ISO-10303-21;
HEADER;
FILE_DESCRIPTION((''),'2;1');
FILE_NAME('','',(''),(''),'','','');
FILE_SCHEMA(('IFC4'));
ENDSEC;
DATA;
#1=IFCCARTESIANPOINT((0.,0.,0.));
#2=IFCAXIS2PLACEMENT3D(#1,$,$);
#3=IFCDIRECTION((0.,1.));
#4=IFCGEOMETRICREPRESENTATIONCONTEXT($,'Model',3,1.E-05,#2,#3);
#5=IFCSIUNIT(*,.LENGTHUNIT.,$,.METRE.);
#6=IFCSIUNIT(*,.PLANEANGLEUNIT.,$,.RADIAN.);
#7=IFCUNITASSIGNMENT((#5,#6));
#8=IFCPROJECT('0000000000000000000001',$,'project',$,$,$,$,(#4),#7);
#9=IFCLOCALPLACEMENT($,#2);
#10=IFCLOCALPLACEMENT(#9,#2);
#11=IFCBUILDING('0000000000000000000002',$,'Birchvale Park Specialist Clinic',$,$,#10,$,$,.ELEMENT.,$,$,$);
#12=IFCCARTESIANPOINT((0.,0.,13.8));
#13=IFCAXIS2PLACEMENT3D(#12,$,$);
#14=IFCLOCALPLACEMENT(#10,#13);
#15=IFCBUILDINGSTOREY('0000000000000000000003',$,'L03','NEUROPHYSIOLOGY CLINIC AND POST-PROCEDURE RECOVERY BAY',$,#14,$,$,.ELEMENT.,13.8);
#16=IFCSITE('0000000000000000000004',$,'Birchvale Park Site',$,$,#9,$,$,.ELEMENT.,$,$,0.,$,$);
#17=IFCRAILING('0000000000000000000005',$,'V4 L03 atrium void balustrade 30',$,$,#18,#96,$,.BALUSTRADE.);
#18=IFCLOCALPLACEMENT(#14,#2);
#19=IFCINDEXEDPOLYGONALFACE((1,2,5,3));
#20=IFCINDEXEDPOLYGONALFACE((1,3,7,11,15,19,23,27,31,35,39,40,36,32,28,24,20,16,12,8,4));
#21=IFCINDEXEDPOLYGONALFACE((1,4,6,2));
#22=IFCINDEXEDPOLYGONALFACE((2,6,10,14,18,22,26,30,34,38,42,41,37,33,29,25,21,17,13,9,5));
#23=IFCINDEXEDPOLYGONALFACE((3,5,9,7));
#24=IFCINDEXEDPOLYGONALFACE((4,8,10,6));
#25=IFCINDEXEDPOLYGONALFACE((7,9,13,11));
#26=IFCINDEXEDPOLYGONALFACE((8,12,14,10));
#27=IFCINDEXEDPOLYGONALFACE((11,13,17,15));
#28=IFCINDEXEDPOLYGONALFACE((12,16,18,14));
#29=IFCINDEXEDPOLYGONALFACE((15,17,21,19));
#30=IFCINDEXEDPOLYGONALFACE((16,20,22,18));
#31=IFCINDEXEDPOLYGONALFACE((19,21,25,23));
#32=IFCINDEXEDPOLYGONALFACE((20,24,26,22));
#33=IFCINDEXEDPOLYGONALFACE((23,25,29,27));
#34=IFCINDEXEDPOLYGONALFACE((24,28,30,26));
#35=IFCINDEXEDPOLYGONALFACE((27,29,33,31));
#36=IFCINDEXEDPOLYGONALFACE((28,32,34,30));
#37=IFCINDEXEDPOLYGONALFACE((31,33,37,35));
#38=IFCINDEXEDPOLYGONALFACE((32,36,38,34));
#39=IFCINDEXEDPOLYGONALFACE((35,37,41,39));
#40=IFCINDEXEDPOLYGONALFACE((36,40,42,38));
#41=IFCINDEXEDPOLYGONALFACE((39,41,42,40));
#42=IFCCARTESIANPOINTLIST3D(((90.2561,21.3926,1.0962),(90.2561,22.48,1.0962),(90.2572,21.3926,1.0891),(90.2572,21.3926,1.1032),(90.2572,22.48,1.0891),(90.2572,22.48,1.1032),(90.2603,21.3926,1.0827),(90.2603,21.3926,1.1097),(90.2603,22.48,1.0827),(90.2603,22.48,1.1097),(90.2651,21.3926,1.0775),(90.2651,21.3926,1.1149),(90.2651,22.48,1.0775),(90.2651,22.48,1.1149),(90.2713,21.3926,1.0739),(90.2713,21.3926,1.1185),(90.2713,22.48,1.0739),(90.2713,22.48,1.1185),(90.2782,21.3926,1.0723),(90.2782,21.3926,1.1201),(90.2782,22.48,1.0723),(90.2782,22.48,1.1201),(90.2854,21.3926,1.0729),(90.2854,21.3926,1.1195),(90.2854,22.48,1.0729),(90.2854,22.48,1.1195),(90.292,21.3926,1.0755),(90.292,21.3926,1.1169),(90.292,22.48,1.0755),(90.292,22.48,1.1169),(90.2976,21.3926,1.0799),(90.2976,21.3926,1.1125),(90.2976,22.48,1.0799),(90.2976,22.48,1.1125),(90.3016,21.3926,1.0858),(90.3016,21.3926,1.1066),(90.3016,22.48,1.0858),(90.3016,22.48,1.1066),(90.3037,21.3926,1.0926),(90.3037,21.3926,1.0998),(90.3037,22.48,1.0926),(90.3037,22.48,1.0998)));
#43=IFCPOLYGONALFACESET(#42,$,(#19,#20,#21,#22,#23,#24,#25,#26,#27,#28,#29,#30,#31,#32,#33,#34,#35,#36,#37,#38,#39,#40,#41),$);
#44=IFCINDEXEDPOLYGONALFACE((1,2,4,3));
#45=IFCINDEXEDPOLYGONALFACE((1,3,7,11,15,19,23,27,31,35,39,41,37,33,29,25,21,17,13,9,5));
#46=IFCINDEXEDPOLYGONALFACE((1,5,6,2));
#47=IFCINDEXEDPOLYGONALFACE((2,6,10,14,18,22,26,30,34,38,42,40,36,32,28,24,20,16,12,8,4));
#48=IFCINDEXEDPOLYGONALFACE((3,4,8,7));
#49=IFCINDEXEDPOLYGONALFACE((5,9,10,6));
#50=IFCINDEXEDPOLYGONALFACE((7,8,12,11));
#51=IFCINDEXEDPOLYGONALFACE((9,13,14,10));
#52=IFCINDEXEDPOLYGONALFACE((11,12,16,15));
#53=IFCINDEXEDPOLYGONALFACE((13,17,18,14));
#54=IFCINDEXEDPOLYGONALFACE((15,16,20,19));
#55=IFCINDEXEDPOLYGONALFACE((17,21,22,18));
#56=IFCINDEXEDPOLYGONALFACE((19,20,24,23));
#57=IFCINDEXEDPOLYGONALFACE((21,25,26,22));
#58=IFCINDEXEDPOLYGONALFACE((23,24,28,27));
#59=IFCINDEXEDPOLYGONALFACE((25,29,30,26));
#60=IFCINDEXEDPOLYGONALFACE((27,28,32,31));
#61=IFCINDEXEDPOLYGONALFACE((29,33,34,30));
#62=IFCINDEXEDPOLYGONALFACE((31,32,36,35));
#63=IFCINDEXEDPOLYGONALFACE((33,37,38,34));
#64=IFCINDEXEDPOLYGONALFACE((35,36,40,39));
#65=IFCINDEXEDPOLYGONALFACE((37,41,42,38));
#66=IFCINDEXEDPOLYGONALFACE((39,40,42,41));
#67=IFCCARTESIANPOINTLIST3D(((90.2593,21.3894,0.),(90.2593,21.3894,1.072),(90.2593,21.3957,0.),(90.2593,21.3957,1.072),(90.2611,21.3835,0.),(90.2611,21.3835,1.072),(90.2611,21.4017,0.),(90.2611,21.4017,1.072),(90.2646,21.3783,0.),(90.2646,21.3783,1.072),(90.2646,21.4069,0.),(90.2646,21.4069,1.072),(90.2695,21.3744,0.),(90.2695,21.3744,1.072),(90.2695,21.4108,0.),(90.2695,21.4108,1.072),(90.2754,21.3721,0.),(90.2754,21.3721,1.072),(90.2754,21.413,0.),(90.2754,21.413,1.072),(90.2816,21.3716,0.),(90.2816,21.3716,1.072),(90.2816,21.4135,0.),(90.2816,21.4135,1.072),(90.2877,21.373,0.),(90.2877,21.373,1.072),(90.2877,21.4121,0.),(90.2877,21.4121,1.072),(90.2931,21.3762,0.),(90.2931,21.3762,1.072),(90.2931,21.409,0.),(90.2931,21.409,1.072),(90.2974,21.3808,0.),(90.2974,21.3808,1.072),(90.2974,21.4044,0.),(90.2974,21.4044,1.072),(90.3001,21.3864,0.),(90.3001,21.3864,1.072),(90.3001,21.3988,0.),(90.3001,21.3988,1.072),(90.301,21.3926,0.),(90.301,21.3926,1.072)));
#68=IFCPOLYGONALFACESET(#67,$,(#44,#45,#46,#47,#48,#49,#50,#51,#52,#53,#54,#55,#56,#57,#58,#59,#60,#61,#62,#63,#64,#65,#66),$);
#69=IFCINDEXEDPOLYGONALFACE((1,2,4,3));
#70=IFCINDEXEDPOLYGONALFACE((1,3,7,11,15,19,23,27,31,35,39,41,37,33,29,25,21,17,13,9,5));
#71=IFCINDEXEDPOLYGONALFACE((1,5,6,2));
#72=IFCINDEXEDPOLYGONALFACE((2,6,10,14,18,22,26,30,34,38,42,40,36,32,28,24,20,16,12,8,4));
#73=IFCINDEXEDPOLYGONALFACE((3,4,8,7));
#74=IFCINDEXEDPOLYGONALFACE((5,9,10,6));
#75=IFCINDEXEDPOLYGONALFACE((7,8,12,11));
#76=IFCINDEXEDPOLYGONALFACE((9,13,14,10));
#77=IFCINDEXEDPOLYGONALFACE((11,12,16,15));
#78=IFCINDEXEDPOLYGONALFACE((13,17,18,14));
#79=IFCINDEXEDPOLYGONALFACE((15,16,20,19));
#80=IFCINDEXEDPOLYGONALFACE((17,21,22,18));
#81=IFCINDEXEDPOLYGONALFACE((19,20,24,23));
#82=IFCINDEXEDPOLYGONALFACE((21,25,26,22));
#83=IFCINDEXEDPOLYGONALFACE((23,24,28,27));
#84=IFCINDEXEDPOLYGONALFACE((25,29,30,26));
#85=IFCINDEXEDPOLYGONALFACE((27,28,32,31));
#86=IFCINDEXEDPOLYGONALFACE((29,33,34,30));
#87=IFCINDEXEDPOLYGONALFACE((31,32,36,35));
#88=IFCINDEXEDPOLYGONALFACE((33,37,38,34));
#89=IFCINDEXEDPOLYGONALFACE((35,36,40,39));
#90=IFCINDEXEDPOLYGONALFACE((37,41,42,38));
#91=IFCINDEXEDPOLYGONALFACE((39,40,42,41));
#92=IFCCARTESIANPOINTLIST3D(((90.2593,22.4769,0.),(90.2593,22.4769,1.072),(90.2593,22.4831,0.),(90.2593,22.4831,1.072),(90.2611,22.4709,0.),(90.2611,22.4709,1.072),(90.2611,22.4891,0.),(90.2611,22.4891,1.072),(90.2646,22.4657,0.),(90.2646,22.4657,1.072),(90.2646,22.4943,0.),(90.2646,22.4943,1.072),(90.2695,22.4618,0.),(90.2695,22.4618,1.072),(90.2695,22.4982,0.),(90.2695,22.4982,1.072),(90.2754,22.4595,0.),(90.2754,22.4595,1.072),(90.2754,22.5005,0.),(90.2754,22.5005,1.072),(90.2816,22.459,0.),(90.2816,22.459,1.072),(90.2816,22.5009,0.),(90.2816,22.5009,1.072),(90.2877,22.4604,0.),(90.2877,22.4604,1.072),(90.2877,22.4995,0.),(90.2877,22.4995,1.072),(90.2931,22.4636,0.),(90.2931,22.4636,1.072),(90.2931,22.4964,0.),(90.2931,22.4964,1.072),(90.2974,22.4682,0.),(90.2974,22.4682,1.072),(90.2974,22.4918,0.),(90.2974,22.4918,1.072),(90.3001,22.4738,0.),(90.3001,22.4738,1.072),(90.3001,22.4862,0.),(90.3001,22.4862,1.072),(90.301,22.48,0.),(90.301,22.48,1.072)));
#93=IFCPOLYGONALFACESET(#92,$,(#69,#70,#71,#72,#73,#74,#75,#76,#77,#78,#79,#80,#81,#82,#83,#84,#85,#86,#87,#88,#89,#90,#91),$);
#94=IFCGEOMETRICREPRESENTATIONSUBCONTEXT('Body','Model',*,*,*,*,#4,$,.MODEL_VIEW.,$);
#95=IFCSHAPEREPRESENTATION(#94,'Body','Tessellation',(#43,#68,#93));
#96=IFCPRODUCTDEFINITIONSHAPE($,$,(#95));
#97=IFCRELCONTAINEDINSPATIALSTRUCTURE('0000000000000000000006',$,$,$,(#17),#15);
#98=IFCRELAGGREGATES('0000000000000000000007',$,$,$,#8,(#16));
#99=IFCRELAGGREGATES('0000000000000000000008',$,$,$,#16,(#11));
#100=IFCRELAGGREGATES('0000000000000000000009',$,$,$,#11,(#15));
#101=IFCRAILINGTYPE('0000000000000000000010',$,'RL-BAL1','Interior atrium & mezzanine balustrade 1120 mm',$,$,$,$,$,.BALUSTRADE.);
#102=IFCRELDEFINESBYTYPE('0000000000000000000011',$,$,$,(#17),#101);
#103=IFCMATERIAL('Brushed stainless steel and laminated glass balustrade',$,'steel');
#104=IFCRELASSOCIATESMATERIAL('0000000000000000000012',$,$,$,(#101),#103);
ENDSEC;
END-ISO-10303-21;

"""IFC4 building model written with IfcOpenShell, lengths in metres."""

from ifc_helpers import new_model, si_unit, direction, frame, origin, origin_2d, place, context, subcontext, project, spatial, circle, extrude, material, type_object, element, save


model = new_model("IFC4")

# Units and contexts
model_context = context("Model", 3, precision=1e-05, world=origin(), true_north=direction((0.0, 1.0)))
body_context = subcontext(model_context, "Body", "Model", "MODEL_VIEW")
ifc_project = project(units=[si_unit("LENGTHUNIT", "METRE"), si_unit("PLANEANGLEUNIT", "RADIAN")], contexts=[model_context])

# Site, building, storey
site_placement = place(None, origin())
site = spatial("IfcSite", under=ifc_project, at=site_placement, Name="Birchvale Park Site", CompositionType="ELEMENT", RefElevation=0.0)
building_placement = place(site_placement, origin())
building = spatial("IfcBuilding", under=site, at=building_placement, Name="Birchvale Park Specialist Clinic", CompositionType="ELEMENT")
storey_placement = place(building_placement, frame((0.0, 0.0, 13.8)))
storey = spatial("IfcBuildingStorey", under=building, at=storey_placement, Name="L03", Description="NEUROPHYSIOLOGY CLINIC AND POST-PROCEDURE RECOVERY BAY", CompositionType="ELEMENT", Elevation=13.8)

# Railing
ifc_material_1 = material(Name="Brushed stainless steel and laminated glass balustrade", Category="steel")
railing_type = type_object("IfcRailingType", Name="RL-BAL1", Description="Interior atrium & mezzanine balustrade 1120 mm", PredefinedType="BALUSTRADE", material=ifc_material_1)
railing_1_placement = place(storey_placement, frame((90.28, 21.3926, 0.0)))
element("IfcRailing", 1, at=railing_1_placement, inside=storey, type_object=railing_type, Name="V4 L03 atrium void balustrade 30", PredefinedType="BALUSTRADE", context=body_context, shape_type="SweptSolid", body=[
    extrude(circle(Radius=0.0239, at=origin_2d()), frame((0.0, 0.0, 1.0962), z_axis=(0.0, 1.0, 0.0), x_axis=(-1.0, 0.0, 0.0)), (0.0, 0.0, 1.0), 1.0874),
    extrude(circle(Radius=0.021, at=origin_2d()), origin(), (0.0, 0.0, 1.0), 1.072),
    extrude(circle(Radius=0.021, at=origin_2d()), frame((0.0, 1.0874, 0.0)), (0.0, 0.0, 1.0), 1.072),
])

save(model, "model.ifc")
